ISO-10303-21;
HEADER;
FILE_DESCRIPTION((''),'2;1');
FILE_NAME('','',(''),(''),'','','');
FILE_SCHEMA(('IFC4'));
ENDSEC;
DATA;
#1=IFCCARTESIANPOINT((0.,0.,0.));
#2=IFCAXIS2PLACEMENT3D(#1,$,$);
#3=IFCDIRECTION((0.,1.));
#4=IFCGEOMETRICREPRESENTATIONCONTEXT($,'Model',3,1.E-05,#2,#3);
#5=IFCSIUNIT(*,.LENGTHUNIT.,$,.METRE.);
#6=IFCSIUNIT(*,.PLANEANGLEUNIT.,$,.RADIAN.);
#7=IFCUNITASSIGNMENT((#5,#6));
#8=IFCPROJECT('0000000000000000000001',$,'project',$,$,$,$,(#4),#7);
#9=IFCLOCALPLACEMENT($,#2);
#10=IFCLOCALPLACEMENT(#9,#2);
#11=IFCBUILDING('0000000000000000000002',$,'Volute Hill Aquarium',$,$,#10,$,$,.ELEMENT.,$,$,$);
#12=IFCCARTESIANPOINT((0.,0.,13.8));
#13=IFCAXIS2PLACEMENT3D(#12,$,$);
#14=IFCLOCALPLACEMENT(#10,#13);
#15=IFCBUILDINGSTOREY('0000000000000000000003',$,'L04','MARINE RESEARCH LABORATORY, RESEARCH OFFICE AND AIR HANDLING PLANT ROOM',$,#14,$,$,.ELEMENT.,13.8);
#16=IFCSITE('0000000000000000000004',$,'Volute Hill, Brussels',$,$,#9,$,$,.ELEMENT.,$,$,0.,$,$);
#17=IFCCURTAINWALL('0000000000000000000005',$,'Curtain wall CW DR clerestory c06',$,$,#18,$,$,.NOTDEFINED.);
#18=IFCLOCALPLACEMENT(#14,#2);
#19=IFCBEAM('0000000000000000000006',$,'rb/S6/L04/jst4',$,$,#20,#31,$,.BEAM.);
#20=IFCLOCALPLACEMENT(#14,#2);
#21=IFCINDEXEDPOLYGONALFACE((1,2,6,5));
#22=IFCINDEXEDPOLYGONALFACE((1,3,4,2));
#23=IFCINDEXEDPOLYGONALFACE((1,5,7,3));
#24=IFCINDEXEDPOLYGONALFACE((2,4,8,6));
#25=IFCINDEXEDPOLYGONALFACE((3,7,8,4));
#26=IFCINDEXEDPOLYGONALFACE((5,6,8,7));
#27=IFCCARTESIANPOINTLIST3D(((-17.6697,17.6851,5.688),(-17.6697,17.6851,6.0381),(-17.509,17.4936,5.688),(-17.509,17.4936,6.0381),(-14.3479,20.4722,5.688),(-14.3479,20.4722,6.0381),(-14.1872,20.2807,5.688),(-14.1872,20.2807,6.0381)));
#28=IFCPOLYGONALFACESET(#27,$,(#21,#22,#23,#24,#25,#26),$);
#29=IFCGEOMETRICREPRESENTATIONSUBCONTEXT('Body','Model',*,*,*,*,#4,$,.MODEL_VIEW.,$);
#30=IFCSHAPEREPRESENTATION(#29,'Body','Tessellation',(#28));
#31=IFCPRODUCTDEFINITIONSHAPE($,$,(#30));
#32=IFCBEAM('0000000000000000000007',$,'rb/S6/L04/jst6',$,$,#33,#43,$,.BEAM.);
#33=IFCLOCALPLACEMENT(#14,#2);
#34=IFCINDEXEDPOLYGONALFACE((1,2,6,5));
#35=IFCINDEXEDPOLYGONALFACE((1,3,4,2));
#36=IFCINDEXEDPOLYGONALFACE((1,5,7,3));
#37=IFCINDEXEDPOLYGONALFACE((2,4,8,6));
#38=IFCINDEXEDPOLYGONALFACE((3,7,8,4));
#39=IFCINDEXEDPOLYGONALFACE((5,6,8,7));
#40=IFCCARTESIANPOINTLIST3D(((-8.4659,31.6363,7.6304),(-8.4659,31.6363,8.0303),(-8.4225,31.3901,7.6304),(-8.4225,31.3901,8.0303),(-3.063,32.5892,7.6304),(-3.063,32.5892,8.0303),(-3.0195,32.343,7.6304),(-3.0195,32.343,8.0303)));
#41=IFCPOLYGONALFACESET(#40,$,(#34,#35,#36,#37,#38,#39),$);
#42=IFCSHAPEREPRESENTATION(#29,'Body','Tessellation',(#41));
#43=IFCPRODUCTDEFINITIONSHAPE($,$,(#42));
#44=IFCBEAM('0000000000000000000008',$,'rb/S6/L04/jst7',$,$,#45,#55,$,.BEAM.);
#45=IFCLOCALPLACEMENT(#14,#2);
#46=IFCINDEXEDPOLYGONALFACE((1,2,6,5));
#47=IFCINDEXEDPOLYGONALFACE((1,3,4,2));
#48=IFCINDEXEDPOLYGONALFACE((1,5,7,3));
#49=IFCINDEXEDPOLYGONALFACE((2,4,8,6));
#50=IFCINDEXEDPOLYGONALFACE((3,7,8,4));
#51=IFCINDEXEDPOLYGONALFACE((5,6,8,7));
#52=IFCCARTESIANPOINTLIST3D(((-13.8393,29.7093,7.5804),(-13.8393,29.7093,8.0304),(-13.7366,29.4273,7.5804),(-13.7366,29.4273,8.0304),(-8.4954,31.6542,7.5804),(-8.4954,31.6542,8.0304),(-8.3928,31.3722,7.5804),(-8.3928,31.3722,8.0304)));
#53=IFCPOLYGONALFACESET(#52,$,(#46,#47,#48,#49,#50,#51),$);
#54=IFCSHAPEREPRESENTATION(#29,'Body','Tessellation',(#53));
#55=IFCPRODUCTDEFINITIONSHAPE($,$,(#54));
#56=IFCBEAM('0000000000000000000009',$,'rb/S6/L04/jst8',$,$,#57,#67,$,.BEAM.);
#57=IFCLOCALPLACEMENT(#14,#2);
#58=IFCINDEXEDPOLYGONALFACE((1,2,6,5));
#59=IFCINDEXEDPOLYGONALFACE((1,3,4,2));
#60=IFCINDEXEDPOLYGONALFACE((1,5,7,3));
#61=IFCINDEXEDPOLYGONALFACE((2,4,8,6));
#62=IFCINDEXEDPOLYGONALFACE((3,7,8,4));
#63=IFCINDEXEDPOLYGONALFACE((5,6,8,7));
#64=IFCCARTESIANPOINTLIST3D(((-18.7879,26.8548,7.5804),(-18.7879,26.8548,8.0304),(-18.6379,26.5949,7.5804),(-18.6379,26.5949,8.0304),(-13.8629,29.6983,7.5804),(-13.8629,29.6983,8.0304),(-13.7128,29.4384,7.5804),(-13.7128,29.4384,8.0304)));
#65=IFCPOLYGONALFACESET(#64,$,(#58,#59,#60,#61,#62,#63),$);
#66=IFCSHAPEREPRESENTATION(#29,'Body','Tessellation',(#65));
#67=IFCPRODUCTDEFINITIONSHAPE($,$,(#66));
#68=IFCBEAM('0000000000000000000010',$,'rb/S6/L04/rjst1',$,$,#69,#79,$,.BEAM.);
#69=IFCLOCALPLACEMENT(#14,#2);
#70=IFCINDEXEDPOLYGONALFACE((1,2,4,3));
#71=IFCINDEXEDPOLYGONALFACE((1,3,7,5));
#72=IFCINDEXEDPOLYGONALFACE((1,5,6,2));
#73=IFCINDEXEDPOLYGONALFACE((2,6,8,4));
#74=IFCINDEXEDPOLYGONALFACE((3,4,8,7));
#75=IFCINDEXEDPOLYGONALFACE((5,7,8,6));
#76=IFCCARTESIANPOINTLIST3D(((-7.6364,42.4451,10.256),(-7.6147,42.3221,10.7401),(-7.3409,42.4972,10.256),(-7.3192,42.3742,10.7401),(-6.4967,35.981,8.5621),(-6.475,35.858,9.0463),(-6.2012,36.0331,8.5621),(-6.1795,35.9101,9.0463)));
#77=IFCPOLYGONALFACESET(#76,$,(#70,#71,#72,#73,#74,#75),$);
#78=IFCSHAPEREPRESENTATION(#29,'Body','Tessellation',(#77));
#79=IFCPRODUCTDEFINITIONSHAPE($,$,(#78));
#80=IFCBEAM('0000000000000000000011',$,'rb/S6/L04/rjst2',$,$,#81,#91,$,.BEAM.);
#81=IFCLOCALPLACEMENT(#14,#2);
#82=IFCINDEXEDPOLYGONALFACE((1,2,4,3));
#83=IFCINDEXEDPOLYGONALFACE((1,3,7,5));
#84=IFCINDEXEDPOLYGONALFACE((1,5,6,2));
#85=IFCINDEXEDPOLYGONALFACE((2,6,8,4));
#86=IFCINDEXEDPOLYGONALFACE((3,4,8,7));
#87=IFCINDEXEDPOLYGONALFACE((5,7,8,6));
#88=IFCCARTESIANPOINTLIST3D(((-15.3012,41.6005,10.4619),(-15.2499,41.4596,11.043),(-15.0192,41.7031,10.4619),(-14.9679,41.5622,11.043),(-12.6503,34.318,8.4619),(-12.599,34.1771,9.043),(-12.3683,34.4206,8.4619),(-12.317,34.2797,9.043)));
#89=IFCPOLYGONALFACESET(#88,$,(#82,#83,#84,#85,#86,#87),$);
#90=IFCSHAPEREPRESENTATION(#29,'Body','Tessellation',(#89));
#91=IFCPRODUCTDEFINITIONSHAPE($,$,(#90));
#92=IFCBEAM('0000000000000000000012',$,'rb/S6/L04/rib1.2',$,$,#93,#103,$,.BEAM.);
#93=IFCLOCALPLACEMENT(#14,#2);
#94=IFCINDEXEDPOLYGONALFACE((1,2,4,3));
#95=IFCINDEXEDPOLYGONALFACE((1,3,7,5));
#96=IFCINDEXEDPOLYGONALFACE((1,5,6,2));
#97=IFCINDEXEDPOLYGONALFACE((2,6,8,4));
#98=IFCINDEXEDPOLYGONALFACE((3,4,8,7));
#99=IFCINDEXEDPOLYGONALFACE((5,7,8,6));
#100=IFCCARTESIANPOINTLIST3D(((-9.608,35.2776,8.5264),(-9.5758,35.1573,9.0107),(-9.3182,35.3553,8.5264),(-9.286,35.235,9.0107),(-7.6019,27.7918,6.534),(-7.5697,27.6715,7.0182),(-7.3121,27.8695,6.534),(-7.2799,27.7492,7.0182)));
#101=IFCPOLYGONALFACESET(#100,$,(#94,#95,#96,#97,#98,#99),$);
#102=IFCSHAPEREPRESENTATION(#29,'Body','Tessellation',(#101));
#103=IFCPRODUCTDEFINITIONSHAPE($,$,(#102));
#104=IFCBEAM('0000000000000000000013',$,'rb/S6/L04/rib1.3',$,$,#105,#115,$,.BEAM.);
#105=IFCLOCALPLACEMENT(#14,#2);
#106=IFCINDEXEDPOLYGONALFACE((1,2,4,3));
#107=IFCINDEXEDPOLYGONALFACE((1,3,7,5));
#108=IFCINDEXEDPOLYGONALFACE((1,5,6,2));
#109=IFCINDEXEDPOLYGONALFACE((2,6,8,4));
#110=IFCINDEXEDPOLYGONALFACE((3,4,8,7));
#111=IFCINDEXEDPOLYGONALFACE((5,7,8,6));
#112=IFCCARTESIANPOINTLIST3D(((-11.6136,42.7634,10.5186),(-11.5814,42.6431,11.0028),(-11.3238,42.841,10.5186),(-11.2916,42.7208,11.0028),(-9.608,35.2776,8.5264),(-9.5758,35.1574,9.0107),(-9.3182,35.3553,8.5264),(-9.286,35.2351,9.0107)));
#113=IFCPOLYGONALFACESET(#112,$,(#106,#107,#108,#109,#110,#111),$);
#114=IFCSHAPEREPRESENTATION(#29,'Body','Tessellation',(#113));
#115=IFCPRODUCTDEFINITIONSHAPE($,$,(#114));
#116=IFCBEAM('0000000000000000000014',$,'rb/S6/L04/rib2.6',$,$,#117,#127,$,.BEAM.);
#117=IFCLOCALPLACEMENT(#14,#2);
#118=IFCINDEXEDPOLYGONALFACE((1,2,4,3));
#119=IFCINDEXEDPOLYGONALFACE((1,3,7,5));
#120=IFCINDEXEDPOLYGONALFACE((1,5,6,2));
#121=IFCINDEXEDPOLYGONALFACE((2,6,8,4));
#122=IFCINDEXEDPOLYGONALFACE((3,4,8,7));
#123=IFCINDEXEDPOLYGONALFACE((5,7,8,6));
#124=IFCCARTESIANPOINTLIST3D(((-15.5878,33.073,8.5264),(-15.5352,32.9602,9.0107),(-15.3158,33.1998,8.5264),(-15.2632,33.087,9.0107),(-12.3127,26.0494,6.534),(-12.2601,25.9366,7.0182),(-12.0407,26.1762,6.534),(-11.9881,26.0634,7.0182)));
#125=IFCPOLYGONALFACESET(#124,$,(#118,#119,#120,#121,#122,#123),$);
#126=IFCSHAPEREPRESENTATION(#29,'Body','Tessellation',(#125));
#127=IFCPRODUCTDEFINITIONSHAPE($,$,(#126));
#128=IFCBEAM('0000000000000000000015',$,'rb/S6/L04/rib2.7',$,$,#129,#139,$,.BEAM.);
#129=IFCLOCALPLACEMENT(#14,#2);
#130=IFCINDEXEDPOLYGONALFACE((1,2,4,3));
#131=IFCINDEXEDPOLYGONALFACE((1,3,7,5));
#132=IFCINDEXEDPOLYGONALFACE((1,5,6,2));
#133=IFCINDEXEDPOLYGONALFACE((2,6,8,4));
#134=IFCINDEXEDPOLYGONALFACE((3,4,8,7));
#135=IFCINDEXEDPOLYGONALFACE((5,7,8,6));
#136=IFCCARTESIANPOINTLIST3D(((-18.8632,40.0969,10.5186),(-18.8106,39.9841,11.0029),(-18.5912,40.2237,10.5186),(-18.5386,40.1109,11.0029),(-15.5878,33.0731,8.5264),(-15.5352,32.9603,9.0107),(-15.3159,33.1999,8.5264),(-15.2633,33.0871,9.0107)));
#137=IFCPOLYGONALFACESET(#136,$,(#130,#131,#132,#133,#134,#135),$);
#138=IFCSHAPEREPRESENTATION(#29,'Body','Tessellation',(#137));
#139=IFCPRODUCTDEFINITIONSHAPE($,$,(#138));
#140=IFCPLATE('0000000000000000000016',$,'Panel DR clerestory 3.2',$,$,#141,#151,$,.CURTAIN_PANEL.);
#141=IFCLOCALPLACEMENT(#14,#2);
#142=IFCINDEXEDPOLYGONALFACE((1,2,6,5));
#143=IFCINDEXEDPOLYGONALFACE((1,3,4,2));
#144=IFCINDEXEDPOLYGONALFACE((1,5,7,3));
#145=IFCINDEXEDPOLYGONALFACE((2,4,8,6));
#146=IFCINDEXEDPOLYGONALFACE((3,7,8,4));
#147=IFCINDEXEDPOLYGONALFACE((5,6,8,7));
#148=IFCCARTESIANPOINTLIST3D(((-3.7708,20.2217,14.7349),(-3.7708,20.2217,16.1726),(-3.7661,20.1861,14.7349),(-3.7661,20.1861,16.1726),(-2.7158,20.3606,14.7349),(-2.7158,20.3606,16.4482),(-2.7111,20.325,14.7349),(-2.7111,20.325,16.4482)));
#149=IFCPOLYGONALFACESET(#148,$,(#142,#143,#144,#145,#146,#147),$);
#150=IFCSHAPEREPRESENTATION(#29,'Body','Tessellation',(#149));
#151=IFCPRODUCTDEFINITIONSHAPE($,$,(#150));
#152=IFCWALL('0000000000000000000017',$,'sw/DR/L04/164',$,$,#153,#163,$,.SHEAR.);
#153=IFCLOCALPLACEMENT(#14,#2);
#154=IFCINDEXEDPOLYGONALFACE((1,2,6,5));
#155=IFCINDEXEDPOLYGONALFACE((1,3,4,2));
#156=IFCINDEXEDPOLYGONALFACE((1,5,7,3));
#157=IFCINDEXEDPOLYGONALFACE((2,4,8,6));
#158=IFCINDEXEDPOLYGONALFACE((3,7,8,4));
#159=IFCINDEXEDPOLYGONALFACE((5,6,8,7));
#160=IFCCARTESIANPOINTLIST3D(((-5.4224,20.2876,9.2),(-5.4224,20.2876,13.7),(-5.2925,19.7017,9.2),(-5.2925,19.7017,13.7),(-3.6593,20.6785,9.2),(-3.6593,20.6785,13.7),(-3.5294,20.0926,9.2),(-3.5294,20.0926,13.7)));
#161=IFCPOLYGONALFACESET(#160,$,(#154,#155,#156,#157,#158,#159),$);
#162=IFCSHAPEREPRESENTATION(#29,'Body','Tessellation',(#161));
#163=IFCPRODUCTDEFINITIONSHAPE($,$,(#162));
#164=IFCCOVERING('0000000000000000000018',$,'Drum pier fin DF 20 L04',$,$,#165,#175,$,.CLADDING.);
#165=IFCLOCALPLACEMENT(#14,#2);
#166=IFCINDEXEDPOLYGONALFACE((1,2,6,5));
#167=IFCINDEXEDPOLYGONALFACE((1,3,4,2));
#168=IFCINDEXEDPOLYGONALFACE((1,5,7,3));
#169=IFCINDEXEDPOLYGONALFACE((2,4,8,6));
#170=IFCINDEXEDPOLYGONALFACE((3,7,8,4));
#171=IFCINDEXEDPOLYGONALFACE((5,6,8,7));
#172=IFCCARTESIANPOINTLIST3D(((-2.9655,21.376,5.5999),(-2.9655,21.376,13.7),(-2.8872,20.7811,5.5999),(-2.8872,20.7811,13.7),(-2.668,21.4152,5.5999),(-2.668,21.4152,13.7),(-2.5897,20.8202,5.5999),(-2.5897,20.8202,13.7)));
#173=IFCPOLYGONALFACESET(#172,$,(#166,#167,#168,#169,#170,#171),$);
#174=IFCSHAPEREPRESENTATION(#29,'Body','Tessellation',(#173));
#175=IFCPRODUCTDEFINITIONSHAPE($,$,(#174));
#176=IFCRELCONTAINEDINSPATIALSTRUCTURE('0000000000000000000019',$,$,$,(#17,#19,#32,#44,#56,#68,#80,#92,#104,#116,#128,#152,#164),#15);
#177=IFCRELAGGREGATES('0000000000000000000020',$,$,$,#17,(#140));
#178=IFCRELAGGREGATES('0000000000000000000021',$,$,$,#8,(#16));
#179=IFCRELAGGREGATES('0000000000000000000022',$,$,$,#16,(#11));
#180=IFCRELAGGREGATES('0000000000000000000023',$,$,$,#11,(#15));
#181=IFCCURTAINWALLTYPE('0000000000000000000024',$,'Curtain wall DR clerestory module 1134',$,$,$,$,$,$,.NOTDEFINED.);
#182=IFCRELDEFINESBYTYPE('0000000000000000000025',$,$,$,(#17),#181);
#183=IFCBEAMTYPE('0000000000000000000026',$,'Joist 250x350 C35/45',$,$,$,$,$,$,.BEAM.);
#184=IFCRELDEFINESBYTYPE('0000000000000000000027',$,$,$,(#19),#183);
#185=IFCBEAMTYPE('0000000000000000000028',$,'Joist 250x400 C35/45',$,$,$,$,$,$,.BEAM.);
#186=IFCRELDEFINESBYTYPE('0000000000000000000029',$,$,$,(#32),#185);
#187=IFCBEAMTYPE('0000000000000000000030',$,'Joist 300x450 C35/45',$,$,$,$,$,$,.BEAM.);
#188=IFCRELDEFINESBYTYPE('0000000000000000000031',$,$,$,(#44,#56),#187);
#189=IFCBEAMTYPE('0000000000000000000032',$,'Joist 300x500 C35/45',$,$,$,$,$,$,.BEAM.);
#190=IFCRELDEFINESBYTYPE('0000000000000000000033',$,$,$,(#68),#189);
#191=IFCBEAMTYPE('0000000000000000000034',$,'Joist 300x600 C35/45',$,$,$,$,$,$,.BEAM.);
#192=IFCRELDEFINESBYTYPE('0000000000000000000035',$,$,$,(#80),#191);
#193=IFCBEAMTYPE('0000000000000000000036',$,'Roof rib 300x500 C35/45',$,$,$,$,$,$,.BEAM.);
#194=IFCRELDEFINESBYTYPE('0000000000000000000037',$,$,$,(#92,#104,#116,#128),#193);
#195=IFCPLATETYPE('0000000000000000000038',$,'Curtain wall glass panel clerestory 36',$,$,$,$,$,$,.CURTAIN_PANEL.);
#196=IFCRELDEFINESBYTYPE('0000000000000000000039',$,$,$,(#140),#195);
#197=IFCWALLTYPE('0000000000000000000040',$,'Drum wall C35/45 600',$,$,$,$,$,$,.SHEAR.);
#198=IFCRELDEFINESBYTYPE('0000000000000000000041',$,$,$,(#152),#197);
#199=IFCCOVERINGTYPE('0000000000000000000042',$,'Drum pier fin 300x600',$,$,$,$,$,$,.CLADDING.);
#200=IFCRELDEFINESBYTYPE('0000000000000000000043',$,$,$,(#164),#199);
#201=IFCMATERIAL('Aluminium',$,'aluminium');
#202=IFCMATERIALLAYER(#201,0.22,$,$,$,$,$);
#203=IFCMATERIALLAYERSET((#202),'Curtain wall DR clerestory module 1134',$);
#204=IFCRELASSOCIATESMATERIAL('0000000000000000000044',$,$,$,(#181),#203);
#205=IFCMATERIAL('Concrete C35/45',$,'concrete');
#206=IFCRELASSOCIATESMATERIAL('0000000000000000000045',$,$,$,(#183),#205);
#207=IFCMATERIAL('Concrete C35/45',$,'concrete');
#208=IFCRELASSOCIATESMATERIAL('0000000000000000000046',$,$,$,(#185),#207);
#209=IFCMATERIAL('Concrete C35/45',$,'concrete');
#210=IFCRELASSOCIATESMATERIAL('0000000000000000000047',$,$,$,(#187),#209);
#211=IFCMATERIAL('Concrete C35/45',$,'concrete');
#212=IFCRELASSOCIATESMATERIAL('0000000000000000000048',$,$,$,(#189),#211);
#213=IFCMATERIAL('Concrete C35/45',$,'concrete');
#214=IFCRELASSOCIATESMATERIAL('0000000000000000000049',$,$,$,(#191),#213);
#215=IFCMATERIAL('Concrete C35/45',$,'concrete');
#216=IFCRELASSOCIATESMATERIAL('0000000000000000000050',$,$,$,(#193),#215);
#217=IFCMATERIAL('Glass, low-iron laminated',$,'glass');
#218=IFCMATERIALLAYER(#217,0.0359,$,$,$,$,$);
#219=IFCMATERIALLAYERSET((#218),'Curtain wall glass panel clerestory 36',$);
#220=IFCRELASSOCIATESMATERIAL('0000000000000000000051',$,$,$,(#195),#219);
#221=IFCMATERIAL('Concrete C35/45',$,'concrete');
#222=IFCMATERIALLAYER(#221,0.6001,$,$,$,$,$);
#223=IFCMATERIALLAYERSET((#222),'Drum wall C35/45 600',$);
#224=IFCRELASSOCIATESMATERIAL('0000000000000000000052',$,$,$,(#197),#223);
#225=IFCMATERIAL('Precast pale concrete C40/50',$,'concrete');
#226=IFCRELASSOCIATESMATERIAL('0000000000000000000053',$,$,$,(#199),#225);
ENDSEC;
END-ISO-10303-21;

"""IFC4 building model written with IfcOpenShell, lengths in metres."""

from ifc_helpers import new_model, si_unit, direction, frame, frame_2d, origin, origin_2d, place, context, subcontext, project, spatial, polyline, rectangle, outline, extrude, material, layer, layer_set, material_profile, profile_set, type_object, element, aggregate, save


model = new_model("IFC4")

# Units and contexts
model_context = context("Model", 3, precision=1e-05, world=origin(), true_north=direction((0.0, 1.0)))
body_context = subcontext(model_context, "Body", "Model", "MODEL_VIEW")
ifc_project = project(units=[si_unit("LENGTHUNIT", "METRE"), si_unit("PLANEANGLEUNIT", "RADIAN")], contexts=[model_context])

# Site, building, storey
site_placement = place(None, origin())
site = spatial("IfcSite", under=ifc_project, at=site_placement, Name="Volute Hill, Brussels", CompositionType="ELEMENT", RefElevation=0.0)
building_placement = place(site_placement, origin())
building = spatial("IfcBuilding", under=site, at=building_placement, Name="Volute Hill Aquarium", CompositionType="ELEMENT")
storey_placement = place(building_placement, frame((0.0, 0.0, 13.8)))
storey = spatial("IfcBuildingStorey", under=building, at=storey_placement, Name="L04", Description="MARINE RESEARCH LABORATORY, RESEARCH OFFICE AND AIR HANDLING PLANT ROOM", CompositionType="ELEMENT", Elevation=13.8)

# Curtain wall
ifc_material_1 = material(Name="Aluminium", Category="aluminium")
ifc_layer_1 = layer(ifc_material_1, 0.22)
ifc_layer_set_1 = layer_set([ifc_layer_1], Name="Curtain wall DR clerestory module 1134")
curtain_wall_type = type_object("IfcCurtainWallType", Name="Curtain wall DR clerestory module 1134", PredefinedType="NOTDEFINED", material=ifc_layer_set_1)
curtain_wall_placement = place(storey_placement, origin())
curtain_wall = element("IfcCurtainWall", 1, at=curtain_wall_placement, inside=storey, type_object=curtain_wall_type, Name="Curtain wall CW DR clerestory c06", PredefinedType="NOTDEFINED")

# Beams
ifc_material_2 = material(Name="Concrete C35/45", Category="concrete")
ifc_material_profile_1 = material_profile(ifc_material_2, rectangle(XDim=0.25, YDim=0.3501, at=origin_2d()), Name="RC joist 250x350")
ifc_profile_set_1 = profile_set([ifc_material_profile_1], Name="Concrete C35/45")
beam_type_1 = type_object("IfcBeamType", Name="Joist 250x350 C35/45", PredefinedType="BEAM", material=ifc_profile_set_1)
beam_1_placement = place(storey_placement, frame((-14.2676, 20.3765, 5.863), z_axis=(-0.766066, -0.642762, 0.0), x_axis=(0.642762, -0.766066, 0.0)))
element("IfcBeam", 2, at=beam_1_placement, inside=storey, type_object=beam_type_1, Name="rb/S6/L04/jst4", PredefinedType="BEAM", context=body_context, shape_type="SweptSolid", body=[
    extrude(rectangle(XDim=0.25, YDim=0.3501, at=origin_2d()), origin(), (0.0, 0.0, 1.0), 4.3362),
])
ifc_material_3 = material(Name="Concrete C35/45", Category="concrete")
ifc_material_profile_2 = material_profile(ifc_material_3, rectangle(XDim=0.25, YDim=0.3999, at=origin_2d()), Name="RC joist 250x400")
ifc_profile_set_2 = profile_set([ifc_material_profile_2], Name="Concrete C35/45")
beam_type_2 = type_object("IfcBeamType", Name="Joist 250x400 C35/45", PredefinedType="BEAM", material=ifc_profile_set_2)
beam_2_placement = place(storey_placement, frame((-3.0413, 32.4661, 7.8303), z_axis=(-0.984801, -0.173686, 0.0), x_axis=(0.173686, -0.984801, 0.0)))
element("IfcBeam", 3, at=beam_2_placement, inside=storey, type_object=beam_type_2, Name="rb/S6/L04/jst6", PredefinedType="BEAM", context=body_context, shape_type="SweptSolid", body=[
    extrude(rectangle(XDim=0.25, YDim=0.3999, at=origin_2d()), origin(), (0.0, 0.0, 1.0), 5.4863),
])
ifc_material_4 = material(Name="Concrete C35/45", Category="concrete")
ifc_material_profile_3 = material_profile(ifc_material_4, rectangle(XDim=0.3, YDim=0.45, at=origin_2d()), Name="RC joist 300x450")
ifc_profile_set_3 = profile_set([ifc_material_profile_3], Name="Concrete C35/45")
beam_type_3 = type_object("IfcBeamType", Name="Joist 300x450 C35/45", PredefinedType="BEAM", material=ifc_profile_set_3)
beam_3_placement = place(storey_placement, frame((-8.4441, 31.5132, 7.8054), z_axis=(-0.939701, -0.341998, 0.0), x_axis=(0.341998, -0.939701, 0.0)))
element("IfcBeam", 4, at=beam_3_placement, inside=storey, type_object=beam_type_3, Name="rb/S6/L04/jst7", PredefinedType="BEAM", context=body_context, shape_type="SweptSolid", body=[
    extrude(rectangle(XDim=0.3, YDim=0.45, at=origin_2d()), origin(), (0.0, 0.0, 1.0), 5.6868),
])
beam_4_placement = place(storey_placement, frame((-13.7878, 29.5684, 7.8054), z_axis=(-0.866023, -0.500004, 0.0), x_axis=(0.500004, -0.866023, 0.0)))
element("IfcBeam", 5, at=beam_4_placement, inside=storey, type_object=beam_type_3, Name="rb/S6/L04/jst8", PredefinedType="BEAM", context=body_context, shape_type="SweptSolid", body=[
    extrude(rectangle(XDim=0.3, YDim=0.45, at=origin_2d()), origin(), (0.0, 0.0, 1.0), 5.687),
])
ifc_material_5 = material(Name="Concrete C35/45", Category="concrete")
ifc_material_profile_4 = material_profile(ifc_material_5, rectangle(XDim=0.3, YDim=0.5, at=origin_2d()), Name="RC joist 300x500")
ifc_profile_set_4 = profile_set([ifc_material_profile_4], Name="Concrete C35/45")
beam_type_4 = type_object("IfcBeamType", Name="Joist 300x500 C35/45", PredefinedType="BEAM", material=ifc_profile_set_4)
beam_5_placement = place(storey_placement, frame((-6.3381, 35.9456, 8.8042), z_axis=(-0.168119, 0.953572, 0.249873), x_axis=(-0.984812, -0.173626, 0.0)))
element("IfcBeam", 6, at=beam_5_placement, inside=storey, type_object=beam_type_4, Name="rb/S6/L04/rjst1", PredefinedType="BEAM", context=body_context, shape_type="SweptSolid", body=[
    extrude(rectangle(XDim=0.3, YDim=0.5, at=origin_2d()), origin(), (0.0, 0.0, 1.0), 6.7788),
])
ifc_material_6 = material(Name="Concrete C35/45", Category="concrete")
ifc_material_profile_5 = material_profile(ifc_material_6, rectangle(XDim=0.3, YDim=0.6001, at=origin_2d()), Name="RC joist 300x600")
ifc_profile_set_5 = profile_set([ifc_material_profile_5], Name="Concrete C35/45")
beam_type_5 = type_object("IfcBeamType", Name="Joist 300x600 C35/45", PredefinedType="BEAM", material=ifc_profile_set_5)
beam_6_placement = place(storey_placement, frame((-12.4836, 34.2988, 8.7524), z_axis=(-0.331201, 0.909872, 0.24988), x_axis=(-0.939681, -0.342052, 0.0)))
element("IfcBeam", 7, at=beam_6_placement, inside=storey, type_object=beam_type_5, Name="rb/S6/L04/rjst2", PredefinedType="BEAM", context=body_context, shape_type="SweptSolid", body=[
    extrude(rectangle(XDim=0.3, YDim=0.6001, at=origin_2d()), origin(), (0.0, 0.0, 1.0), 8.0039),
])
ifc_material_7 = material(Name="Concrete C35/45", Category="concrete")
ifc_material_profile_6 = material_profile(ifc_material_7, rectangle(XDim=0.3, YDim=0.5, at=origin_2d()), Name="RC rib 300x500")
ifc_profile_set_6 = profile_set([ifc_material_profile_6], Name="Concrete C35/45")
beam_type_6 = type_object("IfcBeamType", Name="Roof rib 300x500 C35/45", PredefinedType="BEAM", material=ifc_profile_set_6)
beam_7_placement = place(storey_placement, frame((-7.4409, 27.7705, 6.7761), z_axis=(-0.2507, 0.935496, 0.248992), x_axis=(-0.965917, -0.258853, 0.0)))
element("IfcBeam", 8, at=beam_7_placement, inside=storey, type_object=beam_type_6, Name="rb/S6/L04/rib1.2", PredefinedType="BEAM", context=body_context, shape_type="SweptSolid", body=[
    extrude(rectangle(XDim=0.3, YDim=0.5, at=origin_2d()), origin(), (0.0, 0.0, 1.0), 8.002),
])
for number, where, z_axis, x_axis, name in (
    (9, (-9.447, 35.2563, 8.7686), (-0.250645, 0.935517, 0.248967), (-0.965933, -0.258794, 0.0), "rb/S6/L04/rib1.3"),
    (10, (-12.1504, 26.0564, 6.7761), (-0.409302, 0.877765, 0.248999), (-0.90631, -0.422613, 0.0), "rb/S6/L04/rib2.6"),
):
    element("IfcBeam", number, at=place(storey_placement, frame(where, z_axis=z_axis, x_axis=x_axis)), inside=storey, type_object=beam_type_6, Name=name, PredefinedType="BEAM", context=body_context, shape_type="SweptSolid", body=[
        extrude(rectangle(XDim=0.3, YDim=0.5, at=origin_2d()), origin(), (0.0, 0.0, 1.0), 8.0017),
    ])
beam_8_placement = place(storey_placement, frame((-15.4255, 33.0801, 8.7686), z_axis=(-0.40932, 0.877768, 0.24896), x_axis=(-0.906304, -0.422627, 0.0)))
element("IfcBeam", 11, at=beam_8_placement, inside=storey, type_object=beam_type_6, Name="rb/S6/L04/rib2.7", PredefinedType="BEAM", context=body_context, shape_type="SweptSolid", body=[
    extrude(rectangle(XDim=0.3, YDim=0.5, at=origin_2d()), origin(), (0.0, 0.0, 1.0), 8.002),
])

# Plate
ifc_material_8 = material(Name="Glass, low-iron laminated", Category="glass")
ifc_layer_2 = layer(ifc_material_8, 0.0359)
ifc_layer_set_2 = layer_set([ifc_layer_2], Name="Curtain wall glass panel clerestory 36")
plate_type = type_object("IfcPlateType", Name="Curtain wall glass panel clerestory 36", PredefinedType="CURTAIN_PANEL", material=ifc_layer_set_2)
plate_placement = place(storey_placement, frame((-2.7158, 20.3606, 14.7349), z_axis=(-0.130555, 0.991441, 0.0), x_axis=(-0.991441, -0.130555, 0.0)))
plate = element("IfcPlate", 12, at=plate_placement, type_object=plate_type, Name="Panel DR clerestory 3.2", PredefinedType="CURTAIN_PANEL", context=body_context, shape_type="SweptSolid", body=[
    extrude(outline(polyline([(0.0, 0.0), (1.064, 0.0), (1.064, 1.4377), (0.0, 1.7134), (0.0, 0.0)])), origin(), (0.0, 0.0, -1.0), 0.0359),
])
aggregate(curtain_wall, [plate])

# Wall
ifc_material_9 = material(Name="Concrete C35/45", Category="concrete")
ifc_layer_3 = layer(ifc_material_9, 0.6001)
ifc_layer_set_3 = layer_set([ifc_layer_3], Name="Drum wall C35/45 600")
wall_type = type_object("IfcWallType", Name="Drum wall C35/45 600", PredefinedType="SHEAR", material=ifc_layer_set_3)
wall_placement = place(storey_placement, frame((-3.5945, 20.3855, 9.2), z_axis=(0.0, 0.0, 1.0), x_axis=(-0.976298, -0.216429, 0.0)))
element("IfcWall", 13, at=wall_placement, inside=storey, type_object=wall_type, Name="sw/DR/L04/164", PredefinedType="SHEAR", context=body_context, shape_type="SweptSolid", body=[
    extrude(rectangle(XDim=1.8059, YDim=0.6001, at=frame_2d((0.9028, 0.0))), origin(), (0.0, 0.0, 1.0), 4.5),
])

# Covering
ifc_material_10 = material(Name="Precast pale concrete C40/50", Category="concrete")
covering_type_1 = type_object("IfcCoveringType", Name="Drum pier fin 300x600", PredefinedType="CLADDING", material=ifc_material_10)
for number, where, z_axis, x_axis, name in (
    (14, (-2.7776, 21.0981, 5.5999), (0.0, 0.0, 1.0), (-0.991445, -0.130526, 0.0), "Drum pier fin DF 20 L04"),
):
    element("IfcCovering", number, at=place(storey_placement, frame(where, z_axis=z_axis, x_axis=x_axis)), inside=storey, type_object=covering_type_1, Name=name, PredefinedType="CLADDING", context=body_context, shape_type="SweptSolid", body=[
        extrude(rectangle(XDim=0.3, YDim=0.6001, at=origin_2d()), origin(), (0.0, 0.0, 1.0), 8.1001),
    ])

save(model, "model.ifc")
